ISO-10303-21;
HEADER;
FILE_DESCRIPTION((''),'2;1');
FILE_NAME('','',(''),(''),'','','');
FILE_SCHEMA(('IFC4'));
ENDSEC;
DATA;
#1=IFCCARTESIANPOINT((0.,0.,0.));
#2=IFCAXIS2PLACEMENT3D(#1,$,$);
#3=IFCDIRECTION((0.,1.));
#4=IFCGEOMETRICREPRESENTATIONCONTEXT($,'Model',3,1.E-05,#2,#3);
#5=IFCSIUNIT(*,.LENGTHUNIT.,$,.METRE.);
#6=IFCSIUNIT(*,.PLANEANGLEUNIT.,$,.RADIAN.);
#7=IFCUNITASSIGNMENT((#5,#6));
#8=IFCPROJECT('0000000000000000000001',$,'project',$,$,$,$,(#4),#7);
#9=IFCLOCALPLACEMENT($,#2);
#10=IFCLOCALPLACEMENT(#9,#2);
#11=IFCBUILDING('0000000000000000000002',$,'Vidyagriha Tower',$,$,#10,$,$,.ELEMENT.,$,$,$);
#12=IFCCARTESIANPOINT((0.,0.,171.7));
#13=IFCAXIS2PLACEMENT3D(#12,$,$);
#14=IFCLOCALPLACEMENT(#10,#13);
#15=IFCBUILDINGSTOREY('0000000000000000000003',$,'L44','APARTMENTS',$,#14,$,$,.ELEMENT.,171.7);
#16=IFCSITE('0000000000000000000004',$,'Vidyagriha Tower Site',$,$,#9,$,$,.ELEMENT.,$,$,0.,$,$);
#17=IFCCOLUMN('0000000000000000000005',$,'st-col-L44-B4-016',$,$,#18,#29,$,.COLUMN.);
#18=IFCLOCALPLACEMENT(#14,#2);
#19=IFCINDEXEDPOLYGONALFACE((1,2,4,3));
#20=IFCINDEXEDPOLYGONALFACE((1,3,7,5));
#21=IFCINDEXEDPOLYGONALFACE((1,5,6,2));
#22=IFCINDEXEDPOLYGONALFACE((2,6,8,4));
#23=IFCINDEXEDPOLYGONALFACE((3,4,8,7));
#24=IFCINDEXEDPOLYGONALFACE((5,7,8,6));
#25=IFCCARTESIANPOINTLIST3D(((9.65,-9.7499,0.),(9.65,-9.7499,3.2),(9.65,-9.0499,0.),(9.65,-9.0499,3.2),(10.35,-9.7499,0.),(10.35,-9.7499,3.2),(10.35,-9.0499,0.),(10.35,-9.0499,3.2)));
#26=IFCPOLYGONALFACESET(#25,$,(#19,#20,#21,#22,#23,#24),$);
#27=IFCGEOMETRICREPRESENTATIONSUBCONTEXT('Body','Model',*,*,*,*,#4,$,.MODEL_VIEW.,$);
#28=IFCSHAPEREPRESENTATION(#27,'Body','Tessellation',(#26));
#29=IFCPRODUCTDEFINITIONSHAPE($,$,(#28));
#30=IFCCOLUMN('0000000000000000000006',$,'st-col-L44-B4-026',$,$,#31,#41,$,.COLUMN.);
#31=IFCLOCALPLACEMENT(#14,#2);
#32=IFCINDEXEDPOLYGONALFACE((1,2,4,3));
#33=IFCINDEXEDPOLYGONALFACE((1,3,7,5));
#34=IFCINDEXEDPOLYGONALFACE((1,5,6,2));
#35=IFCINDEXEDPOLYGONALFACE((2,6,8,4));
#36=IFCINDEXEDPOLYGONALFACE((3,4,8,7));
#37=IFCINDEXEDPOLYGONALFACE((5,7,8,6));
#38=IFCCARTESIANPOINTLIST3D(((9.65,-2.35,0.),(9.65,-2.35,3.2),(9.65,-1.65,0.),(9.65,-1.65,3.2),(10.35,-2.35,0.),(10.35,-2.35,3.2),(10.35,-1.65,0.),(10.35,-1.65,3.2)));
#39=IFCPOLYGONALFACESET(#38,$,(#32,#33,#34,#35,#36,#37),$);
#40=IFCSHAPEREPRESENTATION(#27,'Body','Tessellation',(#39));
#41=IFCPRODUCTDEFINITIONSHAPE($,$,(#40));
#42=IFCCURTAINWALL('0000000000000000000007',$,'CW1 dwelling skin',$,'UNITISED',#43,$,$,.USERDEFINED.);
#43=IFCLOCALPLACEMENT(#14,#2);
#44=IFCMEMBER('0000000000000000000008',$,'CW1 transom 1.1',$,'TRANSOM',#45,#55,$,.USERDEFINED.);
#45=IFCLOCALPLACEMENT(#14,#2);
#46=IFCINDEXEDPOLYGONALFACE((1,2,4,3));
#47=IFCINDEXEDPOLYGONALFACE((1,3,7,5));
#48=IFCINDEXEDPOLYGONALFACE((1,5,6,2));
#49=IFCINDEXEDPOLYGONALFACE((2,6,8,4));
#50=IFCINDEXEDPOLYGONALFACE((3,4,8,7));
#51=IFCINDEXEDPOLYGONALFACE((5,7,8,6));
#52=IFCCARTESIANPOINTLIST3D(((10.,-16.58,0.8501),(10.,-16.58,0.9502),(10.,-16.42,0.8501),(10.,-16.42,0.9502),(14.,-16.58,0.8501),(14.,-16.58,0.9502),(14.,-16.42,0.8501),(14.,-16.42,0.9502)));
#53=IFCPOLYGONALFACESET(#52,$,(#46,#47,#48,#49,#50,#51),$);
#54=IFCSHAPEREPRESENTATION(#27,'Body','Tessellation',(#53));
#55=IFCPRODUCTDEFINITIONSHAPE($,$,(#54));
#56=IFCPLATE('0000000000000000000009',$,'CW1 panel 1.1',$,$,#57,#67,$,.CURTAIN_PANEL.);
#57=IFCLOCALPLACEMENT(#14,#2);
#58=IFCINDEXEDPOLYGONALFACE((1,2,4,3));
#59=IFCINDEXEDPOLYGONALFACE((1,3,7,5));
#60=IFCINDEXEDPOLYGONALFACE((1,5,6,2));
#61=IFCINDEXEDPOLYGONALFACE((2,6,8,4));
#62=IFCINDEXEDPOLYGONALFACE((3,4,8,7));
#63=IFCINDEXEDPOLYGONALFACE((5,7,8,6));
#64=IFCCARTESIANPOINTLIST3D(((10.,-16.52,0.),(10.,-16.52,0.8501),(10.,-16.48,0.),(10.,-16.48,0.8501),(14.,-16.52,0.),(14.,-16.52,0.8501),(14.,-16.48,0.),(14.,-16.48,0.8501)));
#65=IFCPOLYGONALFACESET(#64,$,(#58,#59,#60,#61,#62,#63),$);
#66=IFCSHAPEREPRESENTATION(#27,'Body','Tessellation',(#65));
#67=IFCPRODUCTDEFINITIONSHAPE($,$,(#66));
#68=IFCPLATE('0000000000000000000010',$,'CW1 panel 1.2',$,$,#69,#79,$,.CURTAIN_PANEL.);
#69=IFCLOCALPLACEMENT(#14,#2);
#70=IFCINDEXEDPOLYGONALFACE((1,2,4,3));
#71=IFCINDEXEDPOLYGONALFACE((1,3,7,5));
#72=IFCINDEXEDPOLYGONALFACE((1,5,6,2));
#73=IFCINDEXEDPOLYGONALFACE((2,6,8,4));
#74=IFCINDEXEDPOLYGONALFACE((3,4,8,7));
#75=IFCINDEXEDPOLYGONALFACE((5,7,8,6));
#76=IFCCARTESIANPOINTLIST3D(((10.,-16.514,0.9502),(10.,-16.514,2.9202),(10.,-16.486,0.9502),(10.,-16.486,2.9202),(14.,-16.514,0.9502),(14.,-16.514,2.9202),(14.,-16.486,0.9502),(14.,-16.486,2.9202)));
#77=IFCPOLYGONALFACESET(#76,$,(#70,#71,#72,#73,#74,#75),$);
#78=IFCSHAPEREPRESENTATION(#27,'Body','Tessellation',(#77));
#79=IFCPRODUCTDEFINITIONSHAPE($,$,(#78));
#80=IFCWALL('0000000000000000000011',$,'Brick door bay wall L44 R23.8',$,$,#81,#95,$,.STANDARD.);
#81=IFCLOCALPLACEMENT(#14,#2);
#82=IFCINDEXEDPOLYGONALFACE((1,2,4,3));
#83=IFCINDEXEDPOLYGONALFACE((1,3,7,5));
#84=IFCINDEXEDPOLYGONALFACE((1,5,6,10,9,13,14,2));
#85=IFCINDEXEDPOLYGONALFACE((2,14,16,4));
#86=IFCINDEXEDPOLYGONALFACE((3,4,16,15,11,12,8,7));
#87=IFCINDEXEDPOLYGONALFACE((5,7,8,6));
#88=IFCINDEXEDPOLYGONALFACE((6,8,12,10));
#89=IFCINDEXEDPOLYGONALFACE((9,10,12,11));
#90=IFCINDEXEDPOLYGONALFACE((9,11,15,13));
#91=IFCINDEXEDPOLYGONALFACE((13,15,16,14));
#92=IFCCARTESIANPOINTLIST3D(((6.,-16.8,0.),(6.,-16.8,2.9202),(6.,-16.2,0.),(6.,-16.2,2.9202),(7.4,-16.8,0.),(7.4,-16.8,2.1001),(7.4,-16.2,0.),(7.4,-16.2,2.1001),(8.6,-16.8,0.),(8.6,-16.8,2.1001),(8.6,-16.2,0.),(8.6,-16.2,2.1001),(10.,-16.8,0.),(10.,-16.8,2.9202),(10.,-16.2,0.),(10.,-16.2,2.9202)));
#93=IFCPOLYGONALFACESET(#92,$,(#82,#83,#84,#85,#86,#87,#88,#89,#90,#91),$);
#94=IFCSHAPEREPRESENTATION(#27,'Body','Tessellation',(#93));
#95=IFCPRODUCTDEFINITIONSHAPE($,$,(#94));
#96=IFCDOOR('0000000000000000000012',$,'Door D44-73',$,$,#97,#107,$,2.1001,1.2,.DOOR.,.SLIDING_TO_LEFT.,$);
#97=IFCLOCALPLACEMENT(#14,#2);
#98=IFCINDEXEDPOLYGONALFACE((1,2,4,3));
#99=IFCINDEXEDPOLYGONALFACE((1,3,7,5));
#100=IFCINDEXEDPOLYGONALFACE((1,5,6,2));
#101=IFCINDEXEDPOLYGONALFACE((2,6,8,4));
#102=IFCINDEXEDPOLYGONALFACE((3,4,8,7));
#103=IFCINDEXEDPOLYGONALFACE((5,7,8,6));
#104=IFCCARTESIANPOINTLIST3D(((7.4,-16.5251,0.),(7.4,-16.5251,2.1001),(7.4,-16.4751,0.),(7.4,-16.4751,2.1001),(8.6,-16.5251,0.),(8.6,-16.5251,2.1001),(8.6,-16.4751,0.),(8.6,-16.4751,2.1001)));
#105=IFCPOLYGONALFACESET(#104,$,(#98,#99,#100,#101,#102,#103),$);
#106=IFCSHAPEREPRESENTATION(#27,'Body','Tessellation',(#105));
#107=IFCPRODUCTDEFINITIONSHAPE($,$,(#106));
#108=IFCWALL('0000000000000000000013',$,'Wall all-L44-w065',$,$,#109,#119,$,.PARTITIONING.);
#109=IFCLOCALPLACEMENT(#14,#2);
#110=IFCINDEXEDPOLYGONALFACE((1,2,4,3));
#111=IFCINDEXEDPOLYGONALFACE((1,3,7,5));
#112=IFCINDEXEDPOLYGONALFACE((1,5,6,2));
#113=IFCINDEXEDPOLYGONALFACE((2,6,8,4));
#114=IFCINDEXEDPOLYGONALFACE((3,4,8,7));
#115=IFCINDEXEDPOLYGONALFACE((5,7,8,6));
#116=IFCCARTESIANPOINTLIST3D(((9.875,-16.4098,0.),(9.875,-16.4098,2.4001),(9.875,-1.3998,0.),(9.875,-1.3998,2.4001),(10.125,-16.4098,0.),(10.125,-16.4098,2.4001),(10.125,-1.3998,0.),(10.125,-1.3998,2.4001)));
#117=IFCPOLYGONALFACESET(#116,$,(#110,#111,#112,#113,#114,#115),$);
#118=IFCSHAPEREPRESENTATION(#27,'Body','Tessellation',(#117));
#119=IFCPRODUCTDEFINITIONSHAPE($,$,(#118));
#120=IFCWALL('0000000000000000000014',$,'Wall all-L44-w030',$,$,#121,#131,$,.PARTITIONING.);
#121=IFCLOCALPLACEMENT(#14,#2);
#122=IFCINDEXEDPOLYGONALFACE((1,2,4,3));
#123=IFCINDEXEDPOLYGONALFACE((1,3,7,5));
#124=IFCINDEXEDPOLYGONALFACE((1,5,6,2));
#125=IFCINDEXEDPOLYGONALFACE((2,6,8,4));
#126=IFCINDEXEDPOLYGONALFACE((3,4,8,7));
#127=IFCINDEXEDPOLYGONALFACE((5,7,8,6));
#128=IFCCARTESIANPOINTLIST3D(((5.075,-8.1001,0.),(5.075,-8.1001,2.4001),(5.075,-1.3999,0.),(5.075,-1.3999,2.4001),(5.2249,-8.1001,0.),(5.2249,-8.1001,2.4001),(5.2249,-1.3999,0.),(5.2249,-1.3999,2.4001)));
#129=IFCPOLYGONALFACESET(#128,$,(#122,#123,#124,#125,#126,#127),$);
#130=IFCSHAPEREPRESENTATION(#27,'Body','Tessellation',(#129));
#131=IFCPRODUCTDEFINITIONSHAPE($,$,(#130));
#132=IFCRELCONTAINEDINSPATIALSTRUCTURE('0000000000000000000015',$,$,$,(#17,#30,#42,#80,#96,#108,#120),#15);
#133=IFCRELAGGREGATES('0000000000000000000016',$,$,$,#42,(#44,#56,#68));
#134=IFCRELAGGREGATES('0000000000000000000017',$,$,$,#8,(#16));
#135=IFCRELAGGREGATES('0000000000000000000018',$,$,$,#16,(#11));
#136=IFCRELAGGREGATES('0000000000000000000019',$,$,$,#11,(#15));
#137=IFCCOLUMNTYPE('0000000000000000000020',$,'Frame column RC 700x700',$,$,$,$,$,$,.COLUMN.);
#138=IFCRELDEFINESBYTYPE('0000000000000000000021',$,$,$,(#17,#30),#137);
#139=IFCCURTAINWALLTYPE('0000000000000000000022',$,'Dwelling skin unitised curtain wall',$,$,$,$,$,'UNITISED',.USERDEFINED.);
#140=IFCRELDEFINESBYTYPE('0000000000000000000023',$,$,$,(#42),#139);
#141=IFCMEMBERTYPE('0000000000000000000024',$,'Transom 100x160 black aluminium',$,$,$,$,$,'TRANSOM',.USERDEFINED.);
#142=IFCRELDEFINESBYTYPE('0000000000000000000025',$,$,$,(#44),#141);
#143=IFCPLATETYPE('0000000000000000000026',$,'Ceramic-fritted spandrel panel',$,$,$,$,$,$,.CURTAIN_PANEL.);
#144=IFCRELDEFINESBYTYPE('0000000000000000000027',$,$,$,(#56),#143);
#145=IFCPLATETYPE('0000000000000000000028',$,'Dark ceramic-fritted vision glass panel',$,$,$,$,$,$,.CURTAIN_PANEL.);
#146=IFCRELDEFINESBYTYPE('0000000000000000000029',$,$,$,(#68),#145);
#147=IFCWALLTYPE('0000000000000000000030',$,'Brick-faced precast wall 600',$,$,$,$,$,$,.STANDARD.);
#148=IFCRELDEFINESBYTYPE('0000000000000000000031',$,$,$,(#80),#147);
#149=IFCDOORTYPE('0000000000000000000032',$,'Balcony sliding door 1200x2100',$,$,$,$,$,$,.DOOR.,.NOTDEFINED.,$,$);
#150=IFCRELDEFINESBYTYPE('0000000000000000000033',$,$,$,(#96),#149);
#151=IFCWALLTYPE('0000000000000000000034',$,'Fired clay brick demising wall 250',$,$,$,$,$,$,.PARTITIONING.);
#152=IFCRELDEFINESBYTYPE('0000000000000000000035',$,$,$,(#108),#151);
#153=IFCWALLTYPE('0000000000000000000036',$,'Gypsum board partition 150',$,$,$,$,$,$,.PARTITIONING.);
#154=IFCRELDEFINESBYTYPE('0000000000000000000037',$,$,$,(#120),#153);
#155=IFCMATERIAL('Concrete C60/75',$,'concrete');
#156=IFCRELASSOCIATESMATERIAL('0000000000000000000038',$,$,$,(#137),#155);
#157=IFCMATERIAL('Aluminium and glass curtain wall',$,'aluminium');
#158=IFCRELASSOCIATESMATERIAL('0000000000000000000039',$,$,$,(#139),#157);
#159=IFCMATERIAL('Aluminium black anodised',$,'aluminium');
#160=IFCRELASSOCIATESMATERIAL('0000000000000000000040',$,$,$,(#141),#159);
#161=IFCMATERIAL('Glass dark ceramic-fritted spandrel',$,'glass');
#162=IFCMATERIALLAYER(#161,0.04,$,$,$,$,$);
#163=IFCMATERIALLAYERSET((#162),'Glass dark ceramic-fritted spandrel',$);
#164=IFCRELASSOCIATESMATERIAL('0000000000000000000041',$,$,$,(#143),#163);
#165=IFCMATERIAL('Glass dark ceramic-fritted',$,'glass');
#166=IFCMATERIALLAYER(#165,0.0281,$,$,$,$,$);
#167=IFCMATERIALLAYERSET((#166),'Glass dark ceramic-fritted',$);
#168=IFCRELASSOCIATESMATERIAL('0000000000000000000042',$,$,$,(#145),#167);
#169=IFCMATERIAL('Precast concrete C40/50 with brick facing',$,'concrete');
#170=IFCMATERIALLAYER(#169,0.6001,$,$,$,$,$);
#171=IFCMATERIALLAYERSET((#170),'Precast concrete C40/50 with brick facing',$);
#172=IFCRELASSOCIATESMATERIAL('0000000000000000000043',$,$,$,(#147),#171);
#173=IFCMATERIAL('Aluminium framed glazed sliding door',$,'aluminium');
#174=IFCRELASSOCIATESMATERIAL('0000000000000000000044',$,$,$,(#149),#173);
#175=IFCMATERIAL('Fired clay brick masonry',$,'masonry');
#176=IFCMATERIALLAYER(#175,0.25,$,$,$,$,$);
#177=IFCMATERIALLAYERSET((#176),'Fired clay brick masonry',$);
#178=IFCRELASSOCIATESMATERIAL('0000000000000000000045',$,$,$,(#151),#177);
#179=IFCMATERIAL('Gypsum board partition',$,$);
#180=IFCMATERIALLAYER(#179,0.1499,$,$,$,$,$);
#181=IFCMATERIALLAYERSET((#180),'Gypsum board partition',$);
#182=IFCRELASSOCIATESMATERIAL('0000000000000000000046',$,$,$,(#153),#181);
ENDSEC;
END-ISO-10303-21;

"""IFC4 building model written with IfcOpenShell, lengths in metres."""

from ifc_helpers import new_model, si_unit, direction, frame, frame_2d, origin, origin_2d, place, context, subcontext, project, spatial, rectangle, extrude, material, layer, layer_set, material_profile, profile_set, type_object, element, fill, aggregate, save


model = new_model("IFC4")

# Units and contexts
model_context = context("Model", 3, precision=1e-05, world=origin(), true_north=direction((0.0, 1.0)))
body_context = subcontext(model_context, "Body", "Model", "MODEL_VIEW")
ifc_project = project(units=[si_unit("LENGTHUNIT", "METRE"), si_unit("PLANEANGLEUNIT", "RADIAN")], contexts=[model_context])

# Site, building, storey
site_placement = place(None, origin())
site = spatial("IfcSite", under=ifc_project, at=site_placement, Name="Vidyagriha Tower Site", CompositionType="ELEMENT", RefElevation=0.0)
building_placement = place(site_placement, origin())
building = spatial("IfcBuilding", under=site, at=building_placement, Name="Vidyagriha Tower", CompositionType="ELEMENT")
storey_placement = place(building_placement, frame((0.0, 0.0, 171.7)))
storey = spatial("IfcBuildingStorey", under=building, at=storey_placement, Name="L44", Description="APARTMENTS", CompositionType="ELEMENT", Elevation=171.7)

# Columns
ifc_material_1 = material(Name="Concrete C60/75", Category="concrete")
ifc_material_profile_1 = material_profile(ifc_material_1, rectangle(XDim=0.7, YDim=0.7, at=origin_2d()), Name="RC 700x700")
ifc_profile_set_1 = profile_set([ifc_material_profile_1], Name="Concrete C60/75")
column_type = type_object("IfcColumnType", Name="Frame column RC 700x700", PredefinedType="COLUMN", material=ifc_profile_set_1)
for number, where, name in (
    (1, (10.0, -9.3999, 0.0), "st-col-L44-B4-016"),
    (2, (10.0, -2.0, 0.0), "st-col-L44-B4-026"),
):
    element("IfcColumn", number, at=place(storey_placement, frame(where)), inside=storey, type_object=column_type, Name=name, PredefinedType="COLUMN", context=body_context, shape_type="SweptSolid", body=[
        extrude(rectangle(XDim=0.7, YDim=0.7, at=origin_2d()), origin(), (0.0, 0.0, 1.0), 3.2),
    ])

# Curtain wall, member, plates
ifc_material_2 = material(Name="Aluminium and glass curtain wall", Category="aluminium")
curtain_wall_type = type_object("IfcCurtainWallType", Name="Dwelling skin unitised curtain wall", ElementType="UNITISED", PredefinedType="USERDEFINED", material=ifc_material_2)
curtain_wall_placement = place(storey_placement, origin())
curtain_wall = element("IfcCurtainWall", 3, at=curtain_wall_placement, inside=storey, type_object=curtain_wall_type, Name="CW1 dwelling skin", ObjectType="UNITISED", PredefinedType="USERDEFINED")
ifc_material_3 = material(Name="Aluminium black anodised", Category="aluminium")
ifc_material_profile_2 = material_profile(ifc_material_3, rectangle(XDim=0.1599, YDim=0.1001, at=origin_2d()), Name="Transom 100x160 black aluminium")
ifc_profile_set_2 = profile_set([ifc_material_profile_2], Name="Aluminium black anodised")
member_type = type_object("IfcMemberType", Name="Transom 100x160 black aluminium", ElementType="TRANSOM", PredefinedType="USERDEFINED", material=ifc_profile_set_2)
member_placement = place(storey_placement, frame((10.0, -16.5, 0.9001), z_axis=(1.0, 0.0, 0.0), x_axis=(0.0, 1.0, 0.0)))
member = element("IfcMember", 4, at=member_placement, type_object=member_type, Name="CW1 transom 1.1", ObjectType="TRANSOM", PredefinedType="USERDEFINED", context=body_context, shape_type="SweptSolid", body=[
    extrude(rectangle(XDim=0.1599, YDim=0.1001, at=origin_2d()), origin(), (0.0, 0.0, 1.0), 4.0),
])
ifc_material_4 = material(Name="Glass dark ceramic-fritted spandrel", Category="glass")
ifc_layer_1 = layer(ifc_material_4, 0.04)
ifc_layer_set_1 = layer_set([ifc_layer_1], Name="Glass dark ceramic-fritted spandrel")
plate_type_1 = type_object("IfcPlateType", Name="Ceramic-fritted spandrel panel", PredefinedType="CURTAIN_PANEL", material=ifc_layer_set_1)
plate_1_placement = place(storey_placement, frame((12.0, -16.5, 0.0)))
plate_1 = element("IfcPlate", 5, at=plate_1_placement, type_object=plate_type_1, Name="CW1 panel 1.1", PredefinedType="CURTAIN_PANEL", context=body_context, shape_type="SweptSolid", body=[
    extrude(rectangle(XDim=4.0, YDim=0.04, at=origin_2d()), origin(), (0.0, 0.0, 1.0), 0.8501),
])
ifc_material_5 = material(Name="Glass dark ceramic-fritted", Category="glass")
ifc_layer_2 = layer(ifc_material_5, 0.0281)
ifc_layer_set_2 = layer_set([ifc_layer_2], Name="Glass dark ceramic-fritted")
plate_type_2 = type_object("IfcPlateType", Name="Dark ceramic-fritted vision glass panel", PredefinedType="CURTAIN_PANEL", material=ifc_layer_set_2)
plate_2_placement = place(storey_placement, frame((12.0, -16.5, 0.9502)))
plate_2 = element("IfcPlate", 6, at=plate_2_placement, type_object=plate_type_2, Name="CW1 panel 1.2", PredefinedType="CURTAIN_PANEL", context=body_context, shape_type="SweptSolid", body=[
    extrude(rectangle(XDim=4.0, YDim=0.0281, at=origin_2d()), origin(), (0.0, 0.0, 1.0), 1.97),
])
aggregate(curtain_wall, [member, plate_1, plate_2])

# Wall, opening, door
ifc_material_6 = material(Name="Precast concrete C40/50 with brick facing", Category="concrete")
ifc_layer_3 = layer(ifc_material_6, 0.6001)
ifc_layer_set_3 = layer_set([ifc_layer_3], Name="Precast concrete C40/50 with brick facing")
wall_type_1 = type_object("IfcWallType", Name="Brick-faced precast wall 600", PredefinedType="STANDARD", material=ifc_layer_set_3)
wall_1_placement = place(storey_placement, frame((6.0, -16.5, 0.0)))
wall_1 = element("IfcWall", 7, at=wall_1_placement, inside=storey, type_object=wall_type_1, Name="Brick door bay wall L44 R23.8", PredefinedType="STANDARD", context=body_context, shape_type="SweptSolid", body=[
    extrude(rectangle(XDim=4.0, YDim=0.6001, at=frame_2d((2.0, 0.0))), origin(), (0.0, 0.0, 1.0), 2.9202),
])
opening_1_placement = place(wall_1_placement, frame((1.3999, 0.0, 0.0)))
opening_1 = element("IfcOpeningElement", 8, at=opening_1_placement, cuts=wall_1, PredefinedType="OPENING", context=body_context, shape_type="SweptSolid", body=[
    extrude(rectangle(XDim=1.2, YDim=2.1001, at=frame_2d((0.6001, 1.05))), frame((0.0, 0.3101, 0.0), z_axis=(0.0, -1.0, 0.0), x_axis=(1.0, 0.0, 0.0)), (0.0, 0.0, 1.0), 0.6201),
])
ifc_material_7 = material(Name="Aluminium framed glazed sliding door", Category="aluminium")
door_type_1 = type_object("IfcDoorType", Name="Balcony sliding door 1200x2100", OperationType="NOTDEFINED", PredefinedType="DOOR", material=ifc_material_7)
door_1_placement = place(opening_1_placement, origin())
door_1 = element("IfcDoor", 9, at=door_1_placement, inside=storey, type_object=door_type_1, Name="Door D44-73", OperationType="SLIDING_TO_LEFT", OverallHeight=2.1001, OverallWidth=1.2, PredefinedType="DOOR", context=body_context, shape_type="SweptSolid", body=[
    extrude(rectangle(XDim=1.2, YDim=2.1001, at=frame_2d((0.6001, 1.05))), frame((0.0, 0.0249, 0.0), z_axis=(0.0, -1.0, 0.0), x_axis=(1.0, 0.0, 0.0)), (0.0, 0.0, 1.0), 0.05),
])
fill(opening_1, door_1)

# Walls
ifc_material_8 = material(Name="Fired clay brick masonry", Category="masonry")
ifc_layer_4 = layer(ifc_material_8, 0.25)
ifc_layer_set_4 = layer_set([ifc_layer_4], Name="Fired clay brick masonry")
wall_type_2 = type_object("IfcWallType", Name="Fired clay brick demising wall 250", PredefinedType="PARTITIONING", material=ifc_layer_set_4)
wall_2_placement = place(storey_placement, frame((10.0, -1.3999, 0.0), z_axis=(0.0, 0.0, 1.0), x_axis=(0.0, -1.0, 0.0)))
element("IfcWall", 10, at=wall_2_placement, inside=storey, type_object=wall_type_2, Name="Wall all-L44-w065", PredefinedType="PARTITIONING", context=body_context, shape_type="SweptSolid", body=[
    extrude(rectangle(XDim=15.01, YDim=0.25, at=frame_2d((7.5049, 0.0))), origin(), (0.0, 0.0, 1.0), 2.4001),
])
ifc_material_9 = material(Name="Gypsum board partition")
ifc_layer_5 = layer(ifc_material_9, 0.1499)
ifc_layer_set_5 = layer_set([ifc_layer_5], Name="Gypsum board partition")
wall_type_3 = type_object("IfcWallType", Name="Gypsum board partition 150", PredefinedType="PARTITIONING", material=ifc_layer_set_5)
wall_3_placement = place(storey_placement, frame((5.1499, -1.3999, 0.0), z_axis=(0.0, 0.0, 1.0), x_axis=(0.0, -1.0, 0.0)))
element("IfcWall", 11, at=wall_3_placement, inside=storey, type_object=wall_type_3, Name="Wall all-L44-w030", PredefinedType="PARTITIONING", context=body_context, shape_type="SweptSolid", body=[
    extrude(rectangle(XDim=6.7002, YDim=0.1499, at=frame_2d((3.3501, 0.0))), origin(), (0.0, 0.0, 1.0), 2.4001),
])

save(model, "model.ifc")
